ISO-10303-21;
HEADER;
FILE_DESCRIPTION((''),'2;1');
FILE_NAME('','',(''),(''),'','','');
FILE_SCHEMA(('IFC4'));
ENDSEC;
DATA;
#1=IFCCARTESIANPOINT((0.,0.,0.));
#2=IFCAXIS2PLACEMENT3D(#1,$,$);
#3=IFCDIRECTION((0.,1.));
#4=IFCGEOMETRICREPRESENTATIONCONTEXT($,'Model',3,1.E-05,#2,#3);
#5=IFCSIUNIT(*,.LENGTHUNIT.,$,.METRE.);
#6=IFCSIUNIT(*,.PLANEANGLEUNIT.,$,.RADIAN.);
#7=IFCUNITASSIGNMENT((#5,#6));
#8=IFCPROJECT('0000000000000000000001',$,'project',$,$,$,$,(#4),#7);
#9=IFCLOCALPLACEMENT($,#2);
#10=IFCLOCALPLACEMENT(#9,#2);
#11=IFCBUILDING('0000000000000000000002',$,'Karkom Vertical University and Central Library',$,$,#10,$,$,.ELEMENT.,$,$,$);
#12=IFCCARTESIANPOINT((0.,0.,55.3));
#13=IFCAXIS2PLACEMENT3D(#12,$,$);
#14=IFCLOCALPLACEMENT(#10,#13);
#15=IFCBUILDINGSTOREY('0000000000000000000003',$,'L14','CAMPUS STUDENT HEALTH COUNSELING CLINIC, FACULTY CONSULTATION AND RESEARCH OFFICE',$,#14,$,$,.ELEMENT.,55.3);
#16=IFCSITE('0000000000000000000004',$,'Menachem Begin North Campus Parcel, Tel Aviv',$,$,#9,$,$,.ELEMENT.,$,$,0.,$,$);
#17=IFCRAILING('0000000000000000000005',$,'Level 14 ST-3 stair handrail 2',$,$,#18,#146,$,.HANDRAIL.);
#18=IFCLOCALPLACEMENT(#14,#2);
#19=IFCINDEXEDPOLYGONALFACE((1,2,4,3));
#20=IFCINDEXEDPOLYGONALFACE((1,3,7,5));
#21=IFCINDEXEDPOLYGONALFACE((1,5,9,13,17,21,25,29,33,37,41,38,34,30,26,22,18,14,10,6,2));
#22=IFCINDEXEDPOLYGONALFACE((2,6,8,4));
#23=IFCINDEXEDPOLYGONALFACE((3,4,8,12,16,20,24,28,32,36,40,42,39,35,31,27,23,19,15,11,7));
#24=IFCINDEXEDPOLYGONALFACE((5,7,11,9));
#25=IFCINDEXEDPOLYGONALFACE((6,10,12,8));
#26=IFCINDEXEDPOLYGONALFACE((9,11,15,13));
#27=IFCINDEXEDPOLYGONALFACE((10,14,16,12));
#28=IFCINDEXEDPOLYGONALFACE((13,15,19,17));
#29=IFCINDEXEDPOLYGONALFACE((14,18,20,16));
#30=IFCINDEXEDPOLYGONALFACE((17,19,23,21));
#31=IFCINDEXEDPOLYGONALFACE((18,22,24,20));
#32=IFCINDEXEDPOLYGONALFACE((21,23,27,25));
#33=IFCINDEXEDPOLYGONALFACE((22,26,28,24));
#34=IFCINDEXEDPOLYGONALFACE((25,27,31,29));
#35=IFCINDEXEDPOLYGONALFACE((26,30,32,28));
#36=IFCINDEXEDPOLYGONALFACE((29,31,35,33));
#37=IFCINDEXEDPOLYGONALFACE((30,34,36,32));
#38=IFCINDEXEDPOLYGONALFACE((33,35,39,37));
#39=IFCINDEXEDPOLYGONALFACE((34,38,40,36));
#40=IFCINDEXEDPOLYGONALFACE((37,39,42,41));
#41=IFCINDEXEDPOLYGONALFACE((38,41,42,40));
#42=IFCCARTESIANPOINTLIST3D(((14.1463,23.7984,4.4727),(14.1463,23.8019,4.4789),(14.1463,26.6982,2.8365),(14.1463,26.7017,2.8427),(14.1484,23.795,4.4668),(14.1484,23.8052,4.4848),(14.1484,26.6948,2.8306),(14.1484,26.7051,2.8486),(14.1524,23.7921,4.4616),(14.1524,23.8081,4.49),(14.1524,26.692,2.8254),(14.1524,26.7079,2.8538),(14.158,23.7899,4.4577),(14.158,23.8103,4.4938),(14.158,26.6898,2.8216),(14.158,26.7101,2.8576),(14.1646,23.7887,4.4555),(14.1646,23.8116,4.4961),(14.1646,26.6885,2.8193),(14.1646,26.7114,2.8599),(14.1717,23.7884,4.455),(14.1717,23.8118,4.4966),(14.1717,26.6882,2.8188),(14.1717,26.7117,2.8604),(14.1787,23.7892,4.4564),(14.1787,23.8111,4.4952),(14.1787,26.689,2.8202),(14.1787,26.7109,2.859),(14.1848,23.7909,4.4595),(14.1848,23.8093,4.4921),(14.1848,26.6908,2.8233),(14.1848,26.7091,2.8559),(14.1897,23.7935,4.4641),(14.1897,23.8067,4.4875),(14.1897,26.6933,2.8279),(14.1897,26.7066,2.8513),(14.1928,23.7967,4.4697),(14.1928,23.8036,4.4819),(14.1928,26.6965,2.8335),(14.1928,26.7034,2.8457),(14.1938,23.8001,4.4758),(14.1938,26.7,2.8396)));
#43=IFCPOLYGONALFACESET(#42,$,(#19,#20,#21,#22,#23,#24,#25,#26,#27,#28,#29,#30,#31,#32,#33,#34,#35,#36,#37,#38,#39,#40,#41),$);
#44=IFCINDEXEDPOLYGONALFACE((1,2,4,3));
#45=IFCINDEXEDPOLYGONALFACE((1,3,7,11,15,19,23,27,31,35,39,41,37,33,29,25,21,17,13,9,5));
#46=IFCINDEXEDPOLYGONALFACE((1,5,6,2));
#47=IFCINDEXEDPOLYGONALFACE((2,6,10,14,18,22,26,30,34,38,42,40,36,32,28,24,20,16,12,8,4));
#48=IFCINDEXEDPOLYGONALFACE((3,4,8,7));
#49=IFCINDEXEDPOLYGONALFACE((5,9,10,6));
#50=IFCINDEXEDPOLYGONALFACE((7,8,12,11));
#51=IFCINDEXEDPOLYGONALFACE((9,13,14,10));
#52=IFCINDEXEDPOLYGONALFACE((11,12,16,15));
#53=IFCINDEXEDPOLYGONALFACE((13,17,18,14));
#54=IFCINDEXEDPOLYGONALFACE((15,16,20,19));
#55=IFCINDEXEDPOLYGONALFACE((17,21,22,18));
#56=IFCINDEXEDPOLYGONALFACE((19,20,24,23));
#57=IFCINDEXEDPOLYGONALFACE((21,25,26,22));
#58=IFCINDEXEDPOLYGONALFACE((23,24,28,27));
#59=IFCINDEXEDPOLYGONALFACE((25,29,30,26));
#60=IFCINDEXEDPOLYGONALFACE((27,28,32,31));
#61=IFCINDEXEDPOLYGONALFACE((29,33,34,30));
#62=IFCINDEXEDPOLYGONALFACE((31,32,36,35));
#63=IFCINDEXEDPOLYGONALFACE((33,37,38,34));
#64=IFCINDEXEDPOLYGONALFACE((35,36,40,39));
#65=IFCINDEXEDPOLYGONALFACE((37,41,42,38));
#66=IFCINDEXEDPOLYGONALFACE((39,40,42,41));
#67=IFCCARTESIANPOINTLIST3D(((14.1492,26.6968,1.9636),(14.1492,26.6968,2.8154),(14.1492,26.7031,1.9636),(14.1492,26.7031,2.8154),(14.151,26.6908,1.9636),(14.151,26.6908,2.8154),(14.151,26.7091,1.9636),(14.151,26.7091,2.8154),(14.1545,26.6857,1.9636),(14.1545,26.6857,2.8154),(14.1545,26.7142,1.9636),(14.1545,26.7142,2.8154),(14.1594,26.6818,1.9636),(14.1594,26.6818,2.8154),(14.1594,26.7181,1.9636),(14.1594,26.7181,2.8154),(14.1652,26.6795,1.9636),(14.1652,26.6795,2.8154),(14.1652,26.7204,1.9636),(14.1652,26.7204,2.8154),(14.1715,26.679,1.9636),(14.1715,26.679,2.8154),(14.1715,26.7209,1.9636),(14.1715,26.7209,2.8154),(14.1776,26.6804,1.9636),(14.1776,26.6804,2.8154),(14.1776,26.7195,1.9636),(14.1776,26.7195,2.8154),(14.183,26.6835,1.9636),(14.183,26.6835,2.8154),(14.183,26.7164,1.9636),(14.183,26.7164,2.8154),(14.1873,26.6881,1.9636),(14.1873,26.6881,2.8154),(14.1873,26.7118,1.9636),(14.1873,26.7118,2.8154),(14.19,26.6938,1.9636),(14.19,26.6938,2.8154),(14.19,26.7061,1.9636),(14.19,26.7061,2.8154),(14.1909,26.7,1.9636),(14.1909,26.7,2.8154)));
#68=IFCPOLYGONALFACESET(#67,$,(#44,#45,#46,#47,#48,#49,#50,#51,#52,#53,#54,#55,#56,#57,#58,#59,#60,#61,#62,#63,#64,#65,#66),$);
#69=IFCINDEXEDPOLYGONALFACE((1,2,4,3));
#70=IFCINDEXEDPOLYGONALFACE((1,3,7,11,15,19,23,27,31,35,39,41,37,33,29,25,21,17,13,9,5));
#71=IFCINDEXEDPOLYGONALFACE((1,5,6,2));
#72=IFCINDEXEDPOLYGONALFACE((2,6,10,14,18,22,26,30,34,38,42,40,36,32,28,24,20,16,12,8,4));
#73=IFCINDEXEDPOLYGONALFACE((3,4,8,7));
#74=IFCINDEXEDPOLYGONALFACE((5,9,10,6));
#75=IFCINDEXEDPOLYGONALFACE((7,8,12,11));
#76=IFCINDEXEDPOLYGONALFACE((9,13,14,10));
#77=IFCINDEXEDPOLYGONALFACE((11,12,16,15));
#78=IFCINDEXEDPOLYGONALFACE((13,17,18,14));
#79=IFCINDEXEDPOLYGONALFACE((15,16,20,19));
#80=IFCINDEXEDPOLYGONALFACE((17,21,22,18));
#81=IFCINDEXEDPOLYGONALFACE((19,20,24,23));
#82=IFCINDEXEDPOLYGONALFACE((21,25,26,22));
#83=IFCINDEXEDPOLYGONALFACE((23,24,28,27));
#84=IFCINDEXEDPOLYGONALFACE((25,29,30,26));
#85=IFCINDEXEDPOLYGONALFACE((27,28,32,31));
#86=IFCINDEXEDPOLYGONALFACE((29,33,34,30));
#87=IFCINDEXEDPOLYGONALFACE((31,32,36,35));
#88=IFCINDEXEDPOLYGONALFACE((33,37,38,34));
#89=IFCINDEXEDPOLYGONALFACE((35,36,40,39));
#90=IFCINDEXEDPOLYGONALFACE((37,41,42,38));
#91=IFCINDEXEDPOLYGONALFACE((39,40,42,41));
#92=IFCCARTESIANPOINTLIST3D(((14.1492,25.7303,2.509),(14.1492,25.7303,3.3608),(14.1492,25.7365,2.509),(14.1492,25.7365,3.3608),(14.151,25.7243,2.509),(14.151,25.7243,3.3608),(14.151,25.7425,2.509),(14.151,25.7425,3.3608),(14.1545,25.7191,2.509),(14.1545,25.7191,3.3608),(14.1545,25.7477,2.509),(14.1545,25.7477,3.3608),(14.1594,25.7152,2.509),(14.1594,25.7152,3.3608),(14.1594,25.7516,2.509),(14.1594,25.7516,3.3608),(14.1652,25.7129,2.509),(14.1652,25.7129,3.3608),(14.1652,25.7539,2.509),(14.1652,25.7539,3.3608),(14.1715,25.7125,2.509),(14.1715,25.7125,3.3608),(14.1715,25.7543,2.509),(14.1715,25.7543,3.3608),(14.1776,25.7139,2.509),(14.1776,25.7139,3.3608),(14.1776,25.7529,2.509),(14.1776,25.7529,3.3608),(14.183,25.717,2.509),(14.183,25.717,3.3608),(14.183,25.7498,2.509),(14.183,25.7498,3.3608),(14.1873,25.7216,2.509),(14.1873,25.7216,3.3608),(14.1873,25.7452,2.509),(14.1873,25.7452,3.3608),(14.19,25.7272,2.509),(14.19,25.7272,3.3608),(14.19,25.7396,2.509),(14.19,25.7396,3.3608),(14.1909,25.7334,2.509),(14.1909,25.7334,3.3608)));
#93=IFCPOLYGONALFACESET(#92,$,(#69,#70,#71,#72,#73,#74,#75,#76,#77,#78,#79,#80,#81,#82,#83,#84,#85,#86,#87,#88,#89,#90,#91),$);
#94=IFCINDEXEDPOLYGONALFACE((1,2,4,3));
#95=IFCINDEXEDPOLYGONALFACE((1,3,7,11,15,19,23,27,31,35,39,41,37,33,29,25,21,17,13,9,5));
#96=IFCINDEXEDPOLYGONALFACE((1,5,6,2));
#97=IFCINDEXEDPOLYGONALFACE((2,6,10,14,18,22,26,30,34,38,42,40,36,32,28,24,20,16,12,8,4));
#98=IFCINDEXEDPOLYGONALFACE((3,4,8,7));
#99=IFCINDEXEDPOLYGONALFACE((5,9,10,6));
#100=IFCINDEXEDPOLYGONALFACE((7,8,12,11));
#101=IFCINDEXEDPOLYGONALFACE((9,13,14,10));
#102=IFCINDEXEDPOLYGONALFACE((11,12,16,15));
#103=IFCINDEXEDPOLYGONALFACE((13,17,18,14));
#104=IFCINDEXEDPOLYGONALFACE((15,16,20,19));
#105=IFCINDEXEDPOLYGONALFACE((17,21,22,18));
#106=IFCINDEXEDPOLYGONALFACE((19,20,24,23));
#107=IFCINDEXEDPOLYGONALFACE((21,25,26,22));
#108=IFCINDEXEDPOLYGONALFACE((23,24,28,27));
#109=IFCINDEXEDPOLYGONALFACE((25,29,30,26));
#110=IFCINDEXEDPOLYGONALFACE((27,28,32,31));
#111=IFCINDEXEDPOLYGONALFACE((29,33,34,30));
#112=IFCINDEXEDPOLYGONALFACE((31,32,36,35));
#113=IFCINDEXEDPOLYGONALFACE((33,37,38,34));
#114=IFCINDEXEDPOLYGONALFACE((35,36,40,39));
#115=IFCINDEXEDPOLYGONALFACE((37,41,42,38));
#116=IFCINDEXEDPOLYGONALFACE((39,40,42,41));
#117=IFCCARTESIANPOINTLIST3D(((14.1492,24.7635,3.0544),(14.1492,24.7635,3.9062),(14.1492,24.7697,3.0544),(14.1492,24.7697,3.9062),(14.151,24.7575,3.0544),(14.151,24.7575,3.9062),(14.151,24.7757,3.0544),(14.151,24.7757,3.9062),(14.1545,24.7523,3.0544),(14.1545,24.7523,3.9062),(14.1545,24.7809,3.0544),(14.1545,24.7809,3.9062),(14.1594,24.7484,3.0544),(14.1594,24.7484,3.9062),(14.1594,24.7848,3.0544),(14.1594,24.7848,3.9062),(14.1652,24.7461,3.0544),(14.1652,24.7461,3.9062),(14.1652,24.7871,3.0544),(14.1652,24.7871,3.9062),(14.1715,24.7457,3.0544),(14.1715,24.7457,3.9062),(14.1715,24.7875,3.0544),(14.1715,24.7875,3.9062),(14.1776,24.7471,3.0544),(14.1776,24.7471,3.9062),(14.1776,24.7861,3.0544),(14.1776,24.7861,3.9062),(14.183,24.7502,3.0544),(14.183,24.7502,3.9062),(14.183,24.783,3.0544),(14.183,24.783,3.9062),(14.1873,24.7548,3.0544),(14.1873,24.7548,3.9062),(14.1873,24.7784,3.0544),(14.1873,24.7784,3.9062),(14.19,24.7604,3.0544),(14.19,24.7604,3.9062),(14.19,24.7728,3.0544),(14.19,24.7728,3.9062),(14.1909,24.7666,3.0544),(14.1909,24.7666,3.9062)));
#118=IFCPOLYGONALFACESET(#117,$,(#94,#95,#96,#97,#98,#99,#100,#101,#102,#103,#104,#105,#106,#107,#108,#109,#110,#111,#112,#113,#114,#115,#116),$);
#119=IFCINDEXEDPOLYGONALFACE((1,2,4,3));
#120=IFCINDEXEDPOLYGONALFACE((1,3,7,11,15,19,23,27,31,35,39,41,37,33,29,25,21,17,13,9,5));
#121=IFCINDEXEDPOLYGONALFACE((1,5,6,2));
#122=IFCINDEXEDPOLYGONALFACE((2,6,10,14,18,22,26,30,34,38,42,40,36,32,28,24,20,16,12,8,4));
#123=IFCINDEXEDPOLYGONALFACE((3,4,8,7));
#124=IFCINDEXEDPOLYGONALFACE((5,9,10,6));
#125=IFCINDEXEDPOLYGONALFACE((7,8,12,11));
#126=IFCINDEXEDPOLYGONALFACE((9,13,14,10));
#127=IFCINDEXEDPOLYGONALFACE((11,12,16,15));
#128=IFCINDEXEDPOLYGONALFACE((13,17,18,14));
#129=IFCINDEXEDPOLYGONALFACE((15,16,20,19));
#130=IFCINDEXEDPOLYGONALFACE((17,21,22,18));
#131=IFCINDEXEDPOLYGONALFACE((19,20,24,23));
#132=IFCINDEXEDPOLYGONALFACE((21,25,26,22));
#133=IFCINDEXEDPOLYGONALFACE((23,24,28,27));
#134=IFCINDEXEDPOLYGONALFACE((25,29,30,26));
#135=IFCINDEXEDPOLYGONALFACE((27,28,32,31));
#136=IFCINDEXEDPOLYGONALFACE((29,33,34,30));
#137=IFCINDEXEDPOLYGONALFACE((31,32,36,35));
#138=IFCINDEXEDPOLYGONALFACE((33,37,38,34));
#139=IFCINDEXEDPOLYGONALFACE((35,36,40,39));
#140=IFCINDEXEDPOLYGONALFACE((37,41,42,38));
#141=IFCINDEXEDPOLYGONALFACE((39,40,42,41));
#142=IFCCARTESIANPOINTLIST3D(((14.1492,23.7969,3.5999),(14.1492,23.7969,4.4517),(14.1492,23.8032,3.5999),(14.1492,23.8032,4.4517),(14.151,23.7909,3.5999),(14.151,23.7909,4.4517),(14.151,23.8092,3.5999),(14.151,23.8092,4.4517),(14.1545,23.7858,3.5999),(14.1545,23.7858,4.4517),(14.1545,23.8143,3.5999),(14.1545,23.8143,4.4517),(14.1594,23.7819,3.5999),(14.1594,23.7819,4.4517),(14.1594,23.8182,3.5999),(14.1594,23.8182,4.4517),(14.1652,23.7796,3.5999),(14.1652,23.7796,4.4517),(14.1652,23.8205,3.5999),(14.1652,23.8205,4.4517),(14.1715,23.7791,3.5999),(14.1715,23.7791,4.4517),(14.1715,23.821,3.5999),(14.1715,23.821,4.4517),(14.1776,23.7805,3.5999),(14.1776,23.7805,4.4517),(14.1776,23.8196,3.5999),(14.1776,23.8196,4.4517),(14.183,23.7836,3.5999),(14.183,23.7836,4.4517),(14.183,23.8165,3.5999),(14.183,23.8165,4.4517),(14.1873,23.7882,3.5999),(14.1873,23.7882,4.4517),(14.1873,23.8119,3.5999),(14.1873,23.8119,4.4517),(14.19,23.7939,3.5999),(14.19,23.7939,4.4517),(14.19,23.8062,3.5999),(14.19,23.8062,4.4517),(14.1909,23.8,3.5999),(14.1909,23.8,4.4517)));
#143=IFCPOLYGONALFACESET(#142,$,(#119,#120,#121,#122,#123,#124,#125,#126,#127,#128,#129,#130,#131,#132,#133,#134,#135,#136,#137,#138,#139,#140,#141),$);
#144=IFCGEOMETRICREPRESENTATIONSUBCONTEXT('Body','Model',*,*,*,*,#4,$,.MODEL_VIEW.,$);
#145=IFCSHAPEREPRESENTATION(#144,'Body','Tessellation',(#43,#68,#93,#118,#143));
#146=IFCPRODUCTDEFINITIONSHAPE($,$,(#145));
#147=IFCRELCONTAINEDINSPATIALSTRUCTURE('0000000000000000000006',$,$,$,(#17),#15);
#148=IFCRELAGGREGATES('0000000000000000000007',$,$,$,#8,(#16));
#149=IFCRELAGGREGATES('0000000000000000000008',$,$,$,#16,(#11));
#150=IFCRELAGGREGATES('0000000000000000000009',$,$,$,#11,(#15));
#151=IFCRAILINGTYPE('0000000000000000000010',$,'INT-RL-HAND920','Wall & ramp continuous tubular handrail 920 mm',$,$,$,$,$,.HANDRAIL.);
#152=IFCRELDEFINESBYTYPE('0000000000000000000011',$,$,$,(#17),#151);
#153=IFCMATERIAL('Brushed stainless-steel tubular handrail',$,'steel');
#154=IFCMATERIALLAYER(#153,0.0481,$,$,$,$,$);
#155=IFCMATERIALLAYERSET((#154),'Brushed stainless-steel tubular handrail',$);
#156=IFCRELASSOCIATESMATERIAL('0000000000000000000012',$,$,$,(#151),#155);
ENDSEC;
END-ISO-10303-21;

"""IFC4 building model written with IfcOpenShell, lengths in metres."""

from ifc_helpers import new_model, si_unit, direction, frame, origin, origin_2d, place, context, subcontext, project, spatial, circle, extrude, material, layer, layer_set, type_object, element, save


model = new_model("IFC4")

# Units and contexts
model_context = context("Model", 3, precision=1e-05, world=origin(), true_north=direction((0.0, 1.0)))
body_context = subcontext(model_context, "Body", "Model", "MODEL_VIEW")
ifc_project = project(units=[si_unit("LENGTHUNIT", "METRE"), si_unit("PLANEANGLEUNIT", "RADIAN")], contexts=[model_context])

# Site, building, storey
site_placement = place(None, origin())
site = spatial("IfcSite", under=ifc_project, at=site_placement, Name="Menachem Begin North Campus Parcel, Tel Aviv", CompositionType="ELEMENT", RefElevation=0.0)
building_placement = place(site_placement, origin())
building = spatial("IfcBuilding", under=site, at=building_placement, Name="Karkom Vertical University and Central Library", CompositionType="ELEMENT")
storey_placement = place(building_placement, frame((0.0, 0.0, 55.3)))
storey = spatial("IfcBuildingStorey", under=building, at=storey_placement, Name="L14", Description="CAMPUS STUDENT HEALTH COUNSELING CLINIC, FACULTY CONSULTATION AND RESEARCH OFFICE", CompositionType="ELEMENT", Elevation=55.3)

# Railing
ifc_material_1 = material(Name="Brushed stainless-steel tubular handrail", Category="steel")
ifc_layer_1 = layer(ifc_material_1, 0.0481)
ifc_layer_set_1 = layer_set([ifc_layer_1], Name="Brushed stainless-steel tubular handrail")
railing_type_1 = type_object("IfcRailingType", Name="INT-RL-HAND920", Description="Wall & ramp continuous tubular handrail 920 mm", PredefinedType="HANDRAIL", material=ifc_layer_set_1)
railing_1_placement = place(storey_placement, frame((14.1699, 26.7, 1.9636)))
element("IfcRailing", 1, at=railing_1_placement, inside=storey, type_object=railing_type_1, Name="Level 14 ST-3 stair handrail 2", PredefinedType="HANDRAIL", context=body_context, shape_type="SweptSolid", body=[
    extrude(circle(Radius=0.0239, at=origin_2d()), frame((0.0, 0.0, 0.876), z_axis=(0.0, -0.870929, 0.49141), x_axis=(1.0, 0.0, 0.0)), (0.0, 0.0, 1.0), 3.3296),
    extrude(circle(Radius=0.021, at=origin_2d()), origin(), (0.0, 0.0, 1.0), 0.8518),
    extrude(circle(Radius=0.021, at=origin_2d()), frame((0.0, -0.9666, 0.5454)), (0.0, 0.0, 1.0), 0.8518),
    extrude(circle(Radius=0.021, at=origin_2d()), frame((0.0, -1.9333, 1.0908)), (0.0, 0.0, 1.0), 0.8518),
    extrude(circle(Radius=0.021, at=origin_2d()), frame((0.0, -2.8999, 1.6362)), (0.0, 0.0, 1.0), 0.8518),
])

save(model, "model.ifc")
